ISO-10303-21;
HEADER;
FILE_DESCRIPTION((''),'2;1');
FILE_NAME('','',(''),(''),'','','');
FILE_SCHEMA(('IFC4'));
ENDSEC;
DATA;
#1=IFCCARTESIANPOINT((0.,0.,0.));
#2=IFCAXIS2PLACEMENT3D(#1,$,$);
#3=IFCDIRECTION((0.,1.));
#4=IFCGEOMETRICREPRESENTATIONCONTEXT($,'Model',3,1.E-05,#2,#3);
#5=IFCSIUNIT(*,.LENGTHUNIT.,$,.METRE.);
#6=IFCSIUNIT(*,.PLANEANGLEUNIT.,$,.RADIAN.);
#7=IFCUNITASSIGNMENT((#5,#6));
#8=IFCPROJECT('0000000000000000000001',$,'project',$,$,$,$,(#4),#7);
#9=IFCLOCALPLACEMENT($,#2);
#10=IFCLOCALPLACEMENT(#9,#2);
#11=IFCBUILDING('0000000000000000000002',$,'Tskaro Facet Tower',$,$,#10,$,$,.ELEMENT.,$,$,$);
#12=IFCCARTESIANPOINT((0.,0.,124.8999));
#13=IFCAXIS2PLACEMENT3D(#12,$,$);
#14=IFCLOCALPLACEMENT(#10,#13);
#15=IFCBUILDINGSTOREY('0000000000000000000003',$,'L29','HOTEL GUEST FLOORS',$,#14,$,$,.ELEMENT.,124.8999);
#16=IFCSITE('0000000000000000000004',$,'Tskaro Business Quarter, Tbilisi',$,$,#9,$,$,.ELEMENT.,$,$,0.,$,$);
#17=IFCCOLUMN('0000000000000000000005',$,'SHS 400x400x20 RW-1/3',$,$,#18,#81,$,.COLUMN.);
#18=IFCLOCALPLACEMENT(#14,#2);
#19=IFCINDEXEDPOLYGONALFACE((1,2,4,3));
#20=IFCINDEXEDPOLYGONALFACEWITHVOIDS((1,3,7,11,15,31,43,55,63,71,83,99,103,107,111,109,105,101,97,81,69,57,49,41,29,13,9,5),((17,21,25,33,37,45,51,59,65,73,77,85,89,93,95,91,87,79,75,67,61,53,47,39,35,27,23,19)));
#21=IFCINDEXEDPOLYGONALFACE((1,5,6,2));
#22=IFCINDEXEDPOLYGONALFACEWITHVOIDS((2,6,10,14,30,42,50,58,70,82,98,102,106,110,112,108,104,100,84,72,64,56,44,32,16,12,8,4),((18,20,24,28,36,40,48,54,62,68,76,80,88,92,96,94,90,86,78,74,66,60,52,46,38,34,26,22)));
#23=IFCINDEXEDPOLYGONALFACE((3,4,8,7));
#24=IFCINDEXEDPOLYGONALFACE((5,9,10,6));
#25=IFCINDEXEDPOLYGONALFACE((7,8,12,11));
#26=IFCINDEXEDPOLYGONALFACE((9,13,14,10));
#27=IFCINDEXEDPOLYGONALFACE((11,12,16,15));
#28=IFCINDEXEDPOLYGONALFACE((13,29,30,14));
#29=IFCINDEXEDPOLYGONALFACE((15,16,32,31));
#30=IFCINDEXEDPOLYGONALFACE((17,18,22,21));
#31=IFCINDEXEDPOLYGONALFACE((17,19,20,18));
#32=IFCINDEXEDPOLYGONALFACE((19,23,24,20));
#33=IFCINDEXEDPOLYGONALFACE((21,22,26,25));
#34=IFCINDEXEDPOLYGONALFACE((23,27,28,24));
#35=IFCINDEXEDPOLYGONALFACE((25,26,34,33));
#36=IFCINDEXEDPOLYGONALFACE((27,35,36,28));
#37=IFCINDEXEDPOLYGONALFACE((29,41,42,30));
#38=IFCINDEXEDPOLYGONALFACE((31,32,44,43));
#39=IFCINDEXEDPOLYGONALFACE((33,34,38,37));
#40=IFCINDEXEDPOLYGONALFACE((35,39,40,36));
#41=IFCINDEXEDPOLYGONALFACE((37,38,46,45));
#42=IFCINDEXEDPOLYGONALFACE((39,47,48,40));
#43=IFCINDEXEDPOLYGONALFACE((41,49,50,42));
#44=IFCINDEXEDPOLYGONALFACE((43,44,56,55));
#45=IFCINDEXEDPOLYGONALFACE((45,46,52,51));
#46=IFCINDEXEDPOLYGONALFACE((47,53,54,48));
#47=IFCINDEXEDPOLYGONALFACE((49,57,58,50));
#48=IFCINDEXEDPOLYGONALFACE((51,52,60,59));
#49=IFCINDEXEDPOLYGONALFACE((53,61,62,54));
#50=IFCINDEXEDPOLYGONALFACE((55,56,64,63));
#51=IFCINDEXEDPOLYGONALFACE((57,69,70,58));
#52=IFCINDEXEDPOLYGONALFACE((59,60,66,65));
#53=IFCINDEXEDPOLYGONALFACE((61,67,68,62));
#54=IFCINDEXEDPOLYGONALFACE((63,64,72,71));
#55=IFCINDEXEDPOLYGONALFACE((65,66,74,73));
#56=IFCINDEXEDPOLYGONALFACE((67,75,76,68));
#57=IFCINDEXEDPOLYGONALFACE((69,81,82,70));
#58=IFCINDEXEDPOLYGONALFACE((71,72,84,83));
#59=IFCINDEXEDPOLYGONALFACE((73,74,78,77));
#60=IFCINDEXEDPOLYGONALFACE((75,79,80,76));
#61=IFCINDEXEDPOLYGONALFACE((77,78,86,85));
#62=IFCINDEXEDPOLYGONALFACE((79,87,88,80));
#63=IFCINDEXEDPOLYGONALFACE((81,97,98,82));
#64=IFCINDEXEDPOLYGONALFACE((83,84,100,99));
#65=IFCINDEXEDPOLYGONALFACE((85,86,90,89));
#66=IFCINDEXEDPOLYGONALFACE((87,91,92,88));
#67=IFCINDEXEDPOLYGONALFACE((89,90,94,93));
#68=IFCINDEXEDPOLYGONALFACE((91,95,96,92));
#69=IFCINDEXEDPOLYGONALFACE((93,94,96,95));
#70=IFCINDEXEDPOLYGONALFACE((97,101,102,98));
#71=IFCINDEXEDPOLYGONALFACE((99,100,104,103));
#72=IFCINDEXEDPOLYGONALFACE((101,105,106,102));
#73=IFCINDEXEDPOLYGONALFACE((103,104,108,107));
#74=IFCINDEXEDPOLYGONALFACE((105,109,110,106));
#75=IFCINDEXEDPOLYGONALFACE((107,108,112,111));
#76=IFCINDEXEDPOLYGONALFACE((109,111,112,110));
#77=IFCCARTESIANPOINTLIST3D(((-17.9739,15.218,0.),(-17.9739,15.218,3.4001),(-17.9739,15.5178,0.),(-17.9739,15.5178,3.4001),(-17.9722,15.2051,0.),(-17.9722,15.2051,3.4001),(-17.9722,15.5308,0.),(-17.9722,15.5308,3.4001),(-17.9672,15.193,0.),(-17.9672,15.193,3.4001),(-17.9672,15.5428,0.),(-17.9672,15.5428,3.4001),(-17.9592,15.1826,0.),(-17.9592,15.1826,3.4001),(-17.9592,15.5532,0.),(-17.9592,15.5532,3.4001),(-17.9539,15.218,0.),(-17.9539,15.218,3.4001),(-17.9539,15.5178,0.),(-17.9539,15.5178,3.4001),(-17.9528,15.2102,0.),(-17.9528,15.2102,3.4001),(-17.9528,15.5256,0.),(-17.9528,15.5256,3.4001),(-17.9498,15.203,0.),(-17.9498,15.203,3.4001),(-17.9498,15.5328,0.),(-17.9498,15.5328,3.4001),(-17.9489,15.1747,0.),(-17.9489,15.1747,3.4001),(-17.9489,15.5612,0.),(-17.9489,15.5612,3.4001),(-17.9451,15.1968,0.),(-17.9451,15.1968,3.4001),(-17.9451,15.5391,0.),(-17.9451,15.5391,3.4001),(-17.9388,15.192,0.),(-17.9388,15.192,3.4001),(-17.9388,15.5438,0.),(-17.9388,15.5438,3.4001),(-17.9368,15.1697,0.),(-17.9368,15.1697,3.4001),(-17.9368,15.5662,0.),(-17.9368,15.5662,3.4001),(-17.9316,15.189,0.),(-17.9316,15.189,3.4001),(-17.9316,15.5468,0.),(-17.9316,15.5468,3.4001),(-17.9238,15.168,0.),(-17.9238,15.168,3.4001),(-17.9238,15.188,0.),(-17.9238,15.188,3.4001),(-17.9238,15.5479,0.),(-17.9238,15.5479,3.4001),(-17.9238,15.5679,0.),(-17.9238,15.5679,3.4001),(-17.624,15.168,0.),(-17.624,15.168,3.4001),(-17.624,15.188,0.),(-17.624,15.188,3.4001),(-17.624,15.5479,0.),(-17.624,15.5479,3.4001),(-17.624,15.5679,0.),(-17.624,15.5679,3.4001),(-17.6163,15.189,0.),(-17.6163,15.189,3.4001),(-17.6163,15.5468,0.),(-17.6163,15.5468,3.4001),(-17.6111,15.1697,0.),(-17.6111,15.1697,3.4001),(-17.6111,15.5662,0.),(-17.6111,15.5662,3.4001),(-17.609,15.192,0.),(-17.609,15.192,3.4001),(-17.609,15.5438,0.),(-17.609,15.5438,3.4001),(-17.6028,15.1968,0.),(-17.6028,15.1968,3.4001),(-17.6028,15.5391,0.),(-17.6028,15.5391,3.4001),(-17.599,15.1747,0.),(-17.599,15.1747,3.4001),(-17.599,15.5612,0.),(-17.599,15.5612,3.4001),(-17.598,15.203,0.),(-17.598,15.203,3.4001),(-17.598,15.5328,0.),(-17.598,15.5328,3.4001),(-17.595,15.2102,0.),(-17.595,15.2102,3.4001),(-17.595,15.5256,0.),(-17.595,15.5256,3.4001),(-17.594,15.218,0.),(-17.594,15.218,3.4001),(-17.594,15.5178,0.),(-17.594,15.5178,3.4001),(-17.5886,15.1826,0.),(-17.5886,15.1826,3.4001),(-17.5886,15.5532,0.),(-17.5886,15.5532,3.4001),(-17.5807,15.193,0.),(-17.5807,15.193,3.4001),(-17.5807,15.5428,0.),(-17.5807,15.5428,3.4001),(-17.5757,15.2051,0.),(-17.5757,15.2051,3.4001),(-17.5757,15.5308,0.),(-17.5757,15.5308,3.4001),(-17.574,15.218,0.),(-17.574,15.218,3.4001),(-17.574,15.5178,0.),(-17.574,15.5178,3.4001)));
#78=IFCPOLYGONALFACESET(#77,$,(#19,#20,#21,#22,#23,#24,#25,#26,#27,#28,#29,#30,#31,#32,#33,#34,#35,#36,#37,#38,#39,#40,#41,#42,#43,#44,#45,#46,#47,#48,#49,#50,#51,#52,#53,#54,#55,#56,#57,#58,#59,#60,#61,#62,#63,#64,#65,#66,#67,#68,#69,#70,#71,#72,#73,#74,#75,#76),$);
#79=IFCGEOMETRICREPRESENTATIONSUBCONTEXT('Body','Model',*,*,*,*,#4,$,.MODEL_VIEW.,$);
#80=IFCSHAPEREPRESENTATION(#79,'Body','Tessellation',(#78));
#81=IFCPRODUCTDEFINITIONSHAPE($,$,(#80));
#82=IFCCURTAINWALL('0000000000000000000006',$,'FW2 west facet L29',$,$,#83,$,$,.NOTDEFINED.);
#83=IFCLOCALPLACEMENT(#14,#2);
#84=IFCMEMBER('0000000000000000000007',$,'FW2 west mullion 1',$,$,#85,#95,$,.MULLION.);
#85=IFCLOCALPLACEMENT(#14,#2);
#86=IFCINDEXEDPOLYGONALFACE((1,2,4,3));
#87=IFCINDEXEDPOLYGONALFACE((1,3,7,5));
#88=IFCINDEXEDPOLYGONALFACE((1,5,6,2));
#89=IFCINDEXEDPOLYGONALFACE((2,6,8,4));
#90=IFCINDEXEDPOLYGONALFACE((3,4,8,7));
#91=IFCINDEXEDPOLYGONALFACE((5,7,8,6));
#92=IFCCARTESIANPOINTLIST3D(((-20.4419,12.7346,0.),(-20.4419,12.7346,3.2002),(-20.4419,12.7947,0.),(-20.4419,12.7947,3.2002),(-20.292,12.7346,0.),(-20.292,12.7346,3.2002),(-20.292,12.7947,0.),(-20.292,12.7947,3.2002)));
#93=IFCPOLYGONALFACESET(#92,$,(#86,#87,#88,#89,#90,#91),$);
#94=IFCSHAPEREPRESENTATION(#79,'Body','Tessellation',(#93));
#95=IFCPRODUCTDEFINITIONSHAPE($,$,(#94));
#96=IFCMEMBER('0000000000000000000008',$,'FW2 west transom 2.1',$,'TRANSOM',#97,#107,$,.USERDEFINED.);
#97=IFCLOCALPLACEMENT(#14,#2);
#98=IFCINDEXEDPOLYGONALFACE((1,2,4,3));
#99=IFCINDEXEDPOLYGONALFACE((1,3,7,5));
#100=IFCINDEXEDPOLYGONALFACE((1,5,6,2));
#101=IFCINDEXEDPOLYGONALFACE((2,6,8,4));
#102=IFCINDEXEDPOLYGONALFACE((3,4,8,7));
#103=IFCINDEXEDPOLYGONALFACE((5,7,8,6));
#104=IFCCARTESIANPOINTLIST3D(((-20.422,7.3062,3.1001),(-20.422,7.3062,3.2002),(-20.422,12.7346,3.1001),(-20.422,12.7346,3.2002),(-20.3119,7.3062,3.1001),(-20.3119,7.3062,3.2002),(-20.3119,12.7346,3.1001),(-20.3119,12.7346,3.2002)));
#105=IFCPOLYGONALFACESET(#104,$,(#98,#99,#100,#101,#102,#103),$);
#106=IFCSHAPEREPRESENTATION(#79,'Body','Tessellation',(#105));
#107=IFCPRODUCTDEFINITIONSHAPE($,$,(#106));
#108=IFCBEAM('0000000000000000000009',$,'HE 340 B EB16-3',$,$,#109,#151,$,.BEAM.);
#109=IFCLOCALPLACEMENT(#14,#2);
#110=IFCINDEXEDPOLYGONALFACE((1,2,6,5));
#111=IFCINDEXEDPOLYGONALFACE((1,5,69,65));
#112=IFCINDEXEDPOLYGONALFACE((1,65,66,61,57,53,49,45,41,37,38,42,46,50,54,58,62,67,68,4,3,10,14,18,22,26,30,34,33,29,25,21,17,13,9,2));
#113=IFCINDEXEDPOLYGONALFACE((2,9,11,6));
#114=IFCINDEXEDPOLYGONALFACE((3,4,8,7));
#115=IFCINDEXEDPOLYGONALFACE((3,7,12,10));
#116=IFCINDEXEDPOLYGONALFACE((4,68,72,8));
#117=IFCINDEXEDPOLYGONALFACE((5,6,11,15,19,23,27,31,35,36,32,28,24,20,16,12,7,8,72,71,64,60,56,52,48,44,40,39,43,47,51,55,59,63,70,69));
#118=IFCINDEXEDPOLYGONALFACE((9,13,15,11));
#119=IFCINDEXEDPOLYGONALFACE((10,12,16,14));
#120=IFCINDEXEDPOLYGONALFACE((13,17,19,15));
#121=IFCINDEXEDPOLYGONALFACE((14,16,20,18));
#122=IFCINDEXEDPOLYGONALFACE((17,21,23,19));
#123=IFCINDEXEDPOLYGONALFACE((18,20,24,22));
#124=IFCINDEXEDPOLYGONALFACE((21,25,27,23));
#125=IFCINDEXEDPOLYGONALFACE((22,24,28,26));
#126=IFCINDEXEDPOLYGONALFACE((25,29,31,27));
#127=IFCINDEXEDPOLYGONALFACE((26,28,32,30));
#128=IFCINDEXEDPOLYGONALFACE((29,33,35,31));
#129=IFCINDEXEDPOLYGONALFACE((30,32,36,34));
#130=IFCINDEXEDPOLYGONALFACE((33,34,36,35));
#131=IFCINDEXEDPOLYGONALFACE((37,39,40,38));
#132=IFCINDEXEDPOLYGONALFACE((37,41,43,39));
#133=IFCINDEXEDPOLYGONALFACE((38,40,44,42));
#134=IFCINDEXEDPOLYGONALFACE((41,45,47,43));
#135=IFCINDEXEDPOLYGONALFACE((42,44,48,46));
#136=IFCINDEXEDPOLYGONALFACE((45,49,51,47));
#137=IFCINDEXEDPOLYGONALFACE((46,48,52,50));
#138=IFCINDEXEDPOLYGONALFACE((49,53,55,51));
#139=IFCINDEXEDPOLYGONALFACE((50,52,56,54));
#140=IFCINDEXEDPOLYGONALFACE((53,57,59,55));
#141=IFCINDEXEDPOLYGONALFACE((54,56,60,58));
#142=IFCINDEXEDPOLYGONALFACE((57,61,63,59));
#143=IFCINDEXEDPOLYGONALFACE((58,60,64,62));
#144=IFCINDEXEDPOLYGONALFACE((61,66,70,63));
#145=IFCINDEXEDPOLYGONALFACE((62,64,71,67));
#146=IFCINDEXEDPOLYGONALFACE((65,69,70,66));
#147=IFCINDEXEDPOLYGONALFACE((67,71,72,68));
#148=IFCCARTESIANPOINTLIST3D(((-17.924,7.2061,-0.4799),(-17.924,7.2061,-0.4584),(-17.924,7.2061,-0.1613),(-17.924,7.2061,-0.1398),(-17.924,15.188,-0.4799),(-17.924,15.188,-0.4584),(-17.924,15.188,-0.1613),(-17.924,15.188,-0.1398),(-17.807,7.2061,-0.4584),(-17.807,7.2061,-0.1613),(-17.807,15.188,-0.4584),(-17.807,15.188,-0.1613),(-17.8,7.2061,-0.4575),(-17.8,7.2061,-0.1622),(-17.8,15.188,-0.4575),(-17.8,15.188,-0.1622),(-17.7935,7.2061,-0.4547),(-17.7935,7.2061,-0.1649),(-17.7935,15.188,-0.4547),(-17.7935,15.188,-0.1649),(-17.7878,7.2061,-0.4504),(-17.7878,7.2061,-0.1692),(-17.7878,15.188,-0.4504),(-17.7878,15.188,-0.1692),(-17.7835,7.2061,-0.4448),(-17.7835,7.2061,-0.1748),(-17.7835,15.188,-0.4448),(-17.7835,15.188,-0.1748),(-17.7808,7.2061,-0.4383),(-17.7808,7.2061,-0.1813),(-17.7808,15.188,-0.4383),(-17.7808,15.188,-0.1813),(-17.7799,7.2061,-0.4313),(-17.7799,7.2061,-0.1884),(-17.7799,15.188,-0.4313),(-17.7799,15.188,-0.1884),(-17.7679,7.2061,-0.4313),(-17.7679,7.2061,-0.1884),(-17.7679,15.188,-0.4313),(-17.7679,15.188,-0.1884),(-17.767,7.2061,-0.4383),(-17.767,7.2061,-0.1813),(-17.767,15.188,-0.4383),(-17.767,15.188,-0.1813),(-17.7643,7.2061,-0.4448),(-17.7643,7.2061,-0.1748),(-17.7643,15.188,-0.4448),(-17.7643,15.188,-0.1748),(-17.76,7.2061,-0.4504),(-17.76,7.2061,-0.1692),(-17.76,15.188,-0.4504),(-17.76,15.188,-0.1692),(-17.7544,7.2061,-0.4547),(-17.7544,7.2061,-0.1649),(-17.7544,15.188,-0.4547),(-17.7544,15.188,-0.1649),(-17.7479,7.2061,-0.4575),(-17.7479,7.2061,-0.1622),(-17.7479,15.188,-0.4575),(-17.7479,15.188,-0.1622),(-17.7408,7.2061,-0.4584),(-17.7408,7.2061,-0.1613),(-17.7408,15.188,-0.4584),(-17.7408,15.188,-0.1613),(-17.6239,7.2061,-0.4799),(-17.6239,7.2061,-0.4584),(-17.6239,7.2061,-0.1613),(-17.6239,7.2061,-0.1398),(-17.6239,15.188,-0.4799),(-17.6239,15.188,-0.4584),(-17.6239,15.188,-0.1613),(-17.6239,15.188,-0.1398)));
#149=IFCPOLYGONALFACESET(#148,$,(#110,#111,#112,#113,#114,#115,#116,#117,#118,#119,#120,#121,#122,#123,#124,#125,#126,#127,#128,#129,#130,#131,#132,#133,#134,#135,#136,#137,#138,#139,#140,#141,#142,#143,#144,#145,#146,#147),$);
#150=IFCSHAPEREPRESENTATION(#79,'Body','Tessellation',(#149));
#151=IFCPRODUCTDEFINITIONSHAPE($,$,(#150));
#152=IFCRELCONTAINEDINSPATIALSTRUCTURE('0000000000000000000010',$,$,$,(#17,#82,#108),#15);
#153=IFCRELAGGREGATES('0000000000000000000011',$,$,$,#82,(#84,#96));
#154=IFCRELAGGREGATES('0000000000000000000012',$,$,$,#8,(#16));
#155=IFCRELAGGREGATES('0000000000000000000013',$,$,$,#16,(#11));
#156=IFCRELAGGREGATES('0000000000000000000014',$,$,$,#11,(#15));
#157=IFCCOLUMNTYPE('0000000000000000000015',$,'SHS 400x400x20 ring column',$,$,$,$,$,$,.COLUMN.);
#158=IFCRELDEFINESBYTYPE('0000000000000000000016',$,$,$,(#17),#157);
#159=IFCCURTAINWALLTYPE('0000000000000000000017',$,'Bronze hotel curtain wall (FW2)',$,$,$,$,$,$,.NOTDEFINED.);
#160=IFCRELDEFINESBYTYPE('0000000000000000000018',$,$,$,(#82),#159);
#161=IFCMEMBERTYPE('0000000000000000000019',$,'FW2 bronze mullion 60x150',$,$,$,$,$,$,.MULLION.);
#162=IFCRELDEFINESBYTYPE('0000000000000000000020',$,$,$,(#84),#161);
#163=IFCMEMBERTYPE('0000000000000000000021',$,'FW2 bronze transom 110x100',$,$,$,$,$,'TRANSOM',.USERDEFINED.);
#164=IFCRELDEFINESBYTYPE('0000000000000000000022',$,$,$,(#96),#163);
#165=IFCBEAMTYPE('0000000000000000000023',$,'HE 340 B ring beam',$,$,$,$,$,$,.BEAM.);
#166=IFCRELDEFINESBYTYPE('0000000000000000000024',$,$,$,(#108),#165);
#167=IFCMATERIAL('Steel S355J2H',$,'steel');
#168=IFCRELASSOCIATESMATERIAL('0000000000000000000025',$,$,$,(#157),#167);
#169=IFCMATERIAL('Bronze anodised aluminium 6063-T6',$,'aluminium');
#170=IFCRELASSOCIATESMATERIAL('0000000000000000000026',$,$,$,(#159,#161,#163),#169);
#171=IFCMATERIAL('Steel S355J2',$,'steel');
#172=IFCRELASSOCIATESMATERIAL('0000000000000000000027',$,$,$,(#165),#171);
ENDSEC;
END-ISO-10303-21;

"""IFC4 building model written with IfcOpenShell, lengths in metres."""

from ifc_helpers import new_model, si_unit, direction, frame, origin, origin_2d, place, context, subcontext, project, spatial, rectangle, hollow_rectangle, i_section, extrude, material, material_profile, profile_set, type_object, element, aggregate, save


model = new_model("IFC4")

# Units and contexts
model_context = context("Model", 3, precision=1e-05, world=origin(), true_north=direction((0.0, 1.0)))
body_context = subcontext(model_context, "Body", "Model", "MODEL_VIEW")
ifc_project = project(units=[si_unit("LENGTHUNIT", "METRE"), si_unit("PLANEANGLEUNIT", "RADIAN")], contexts=[model_context])

# Site, building, storey
site_placement = place(None, origin())
site = spatial("IfcSite", under=ifc_project, at=site_placement, Name="Tskaro Business Quarter, Tbilisi", CompositionType="ELEMENT", RefElevation=0.0)
building_placement = place(site_placement, origin())
building = spatial("IfcBuilding", under=site, at=building_placement, Name="Tskaro Facet Tower", CompositionType="ELEMENT")
storey_placement = place(building_placement, frame((0.0, 0.0, 124.8999)))
storey = spatial("IfcBuildingStorey", under=building, at=storey_placement, Name="L29", Description="HOTEL GUEST FLOORS", CompositionType="ELEMENT", Elevation=124.8999)

# Column
ifc_material_1 = material(Name="Steel S355J2H", Category="steel")
ifc_material_profile_1 = material_profile(ifc_material_1, hollow_rectangle(XDim=0.3999, YDim=0.3999, WallThickness=0.02, InnerFilletRadius=0.03, OuterFilletRadius=0.05, at=origin_2d()), Name="SHS 400x400x20")
ifc_profile_set_1 = profile_set([ifc_material_profile_1], Name="Steel S355J2H")
column_type = type_object("IfcColumnType", Name="SHS 400x400x20 ring column", PredefinedType="COLUMN", material=ifc_profile_set_1)
column_placement = place(storey_placement, frame((-17.7739, 15.3679, 0.0), z_axis=(0.0, 0.0, 1.0), x_axis=(1.0, 0.0, 0.0)))
element("IfcColumn", 1, at=column_placement, inside=storey, type_object=column_type, Name="SHS 400x400x20 RW-1/3", PredefinedType="COLUMN", context=body_context, shape_type="SweptSolid", body=[
    extrude(hollow_rectangle(XDim=0.3999, YDim=0.3999, WallThickness=0.02, InnerFilletRadius=0.03, OuterFilletRadius=0.05, at=origin_2d()), origin(), (0.0, 0.0, 1.0), 3.4001),
])

# Curtain wall, members
ifc_material_2 = material(Name="Bronze anodised aluminium 6063-T6", Category="aluminium")
curtain_wall_type = type_object("IfcCurtainWallType", Name="Bronze hotel curtain wall (FW2)", PredefinedType="NOTDEFINED", material=ifc_material_2)
curtain_wall_placement = place(storey_placement, origin())
curtain_wall = element("IfcCurtainWall", 2, at=curtain_wall_placement, inside=storey, type_object=curtain_wall_type, Name="FW2 west facet L29", PredefinedType="NOTDEFINED")
ifc_material_profile_2 = material_profile(ifc_material_2, rectangle(XDim=0.0601, YDim=0.1499, at=origin_2d()), Name="Mullion 60x150")
ifc_profile_set_2 = profile_set([ifc_material_profile_2], Name="Bronze anodised aluminium 6063-T6")
member_type_1 = type_object("IfcMemberType", Name="FW2 bronze mullion 60x150", PredefinedType="MULLION", material=ifc_profile_set_2)
member_1_placement = place(storey_placement, frame((-20.3669, 12.7646, 0.0), z_axis=(0.0, 0.0, 1.0), x_axis=(0.0, -1.0, 0.0)))
member_1 = element("IfcMember", 3, at=member_1_placement, type_object=member_type_1, Name="FW2 west mullion 1", PredefinedType="MULLION", context=body_context, shape_type="SweptSolid", body=[
    extrude(rectangle(XDim=0.0601, YDim=0.1499, at=origin_2d()), origin(), (0.0, 0.0, 1.0), 3.2002),
])
ifc_material_profile_3 = material_profile(ifc_material_2, rectangle(XDim=0.1101, YDim=0.1001, at=origin_2d()), Name="Transom 110x100")
ifc_profile_set_3 = profile_set([ifc_material_profile_3], Name="Bronze anodised aluminium 6063-T6")
member_type_2 = type_object("IfcMemberType", Name="FW2 bronze transom 110x100", ElementType="TRANSOM", PredefinedType="USERDEFINED", material=ifc_profile_set_3)
member_2_placement = place(storey_placement, frame((-20.3669, 12.7346, 3.1501), z_axis=(0.0, -1.0, 0.0), x_axis=(1.0, 0.0, 0.0)))
member_2 = element("IfcMember", 4, at=member_2_placement, type_object=member_type_2, Name="FW2 west transom 2.1", ObjectType="TRANSOM", PredefinedType="USERDEFINED", context=body_context, shape_type="SweptSolid", body=[
    extrude(rectangle(XDim=0.1101, YDim=0.1001, at=origin_2d()), origin(), (0.0, 0.0, 1.0), 5.4285),
])

# Beam
ifc_material_3 = material(Name="Steel S355J2", Category="steel")
ifc_material_profile_4 = material_profile(ifc_material_3, i_section(OverallWidth=0.3, OverallDepth=0.3401, WebThickness=0.012, FlangeThickness=0.0215, FilletRadius=0.0271, at=origin_2d()), Name="HE 340 B")
ifc_profile_set_4 = profile_set([ifc_material_profile_4], Name="Steel S355J2")
beam_type_1 = type_object("IfcBeamType", Name="HE 340 B ring beam", PredefinedType="BEAM", material=ifc_profile_set_4)
beam_1_placement = place(storey_placement, frame((-17.7739, 15.188, -0.3098), z_axis=(0.0, -1.0, 0.0), x_axis=(1.0, 0.0, 0.0)))
element("IfcBeam", 5, at=beam_1_placement, inside=storey, type_object=beam_type_1, Name="HE 340 B EB16-3", PredefinedType="BEAM", context=body_context, shape_type="SweptSolid", body=[
    extrude(i_section(OverallWidth=0.3, OverallDepth=0.3401, WebThickness=0.012, FlangeThickness=0.0215, FilletRadius=0.0271, at=origin_2d()), origin(), (0.0, 0.0, 1.0), 7.9819),
])

aggregate(curtain_wall, [member_1, member_2])

save(model, "model.ifc")
